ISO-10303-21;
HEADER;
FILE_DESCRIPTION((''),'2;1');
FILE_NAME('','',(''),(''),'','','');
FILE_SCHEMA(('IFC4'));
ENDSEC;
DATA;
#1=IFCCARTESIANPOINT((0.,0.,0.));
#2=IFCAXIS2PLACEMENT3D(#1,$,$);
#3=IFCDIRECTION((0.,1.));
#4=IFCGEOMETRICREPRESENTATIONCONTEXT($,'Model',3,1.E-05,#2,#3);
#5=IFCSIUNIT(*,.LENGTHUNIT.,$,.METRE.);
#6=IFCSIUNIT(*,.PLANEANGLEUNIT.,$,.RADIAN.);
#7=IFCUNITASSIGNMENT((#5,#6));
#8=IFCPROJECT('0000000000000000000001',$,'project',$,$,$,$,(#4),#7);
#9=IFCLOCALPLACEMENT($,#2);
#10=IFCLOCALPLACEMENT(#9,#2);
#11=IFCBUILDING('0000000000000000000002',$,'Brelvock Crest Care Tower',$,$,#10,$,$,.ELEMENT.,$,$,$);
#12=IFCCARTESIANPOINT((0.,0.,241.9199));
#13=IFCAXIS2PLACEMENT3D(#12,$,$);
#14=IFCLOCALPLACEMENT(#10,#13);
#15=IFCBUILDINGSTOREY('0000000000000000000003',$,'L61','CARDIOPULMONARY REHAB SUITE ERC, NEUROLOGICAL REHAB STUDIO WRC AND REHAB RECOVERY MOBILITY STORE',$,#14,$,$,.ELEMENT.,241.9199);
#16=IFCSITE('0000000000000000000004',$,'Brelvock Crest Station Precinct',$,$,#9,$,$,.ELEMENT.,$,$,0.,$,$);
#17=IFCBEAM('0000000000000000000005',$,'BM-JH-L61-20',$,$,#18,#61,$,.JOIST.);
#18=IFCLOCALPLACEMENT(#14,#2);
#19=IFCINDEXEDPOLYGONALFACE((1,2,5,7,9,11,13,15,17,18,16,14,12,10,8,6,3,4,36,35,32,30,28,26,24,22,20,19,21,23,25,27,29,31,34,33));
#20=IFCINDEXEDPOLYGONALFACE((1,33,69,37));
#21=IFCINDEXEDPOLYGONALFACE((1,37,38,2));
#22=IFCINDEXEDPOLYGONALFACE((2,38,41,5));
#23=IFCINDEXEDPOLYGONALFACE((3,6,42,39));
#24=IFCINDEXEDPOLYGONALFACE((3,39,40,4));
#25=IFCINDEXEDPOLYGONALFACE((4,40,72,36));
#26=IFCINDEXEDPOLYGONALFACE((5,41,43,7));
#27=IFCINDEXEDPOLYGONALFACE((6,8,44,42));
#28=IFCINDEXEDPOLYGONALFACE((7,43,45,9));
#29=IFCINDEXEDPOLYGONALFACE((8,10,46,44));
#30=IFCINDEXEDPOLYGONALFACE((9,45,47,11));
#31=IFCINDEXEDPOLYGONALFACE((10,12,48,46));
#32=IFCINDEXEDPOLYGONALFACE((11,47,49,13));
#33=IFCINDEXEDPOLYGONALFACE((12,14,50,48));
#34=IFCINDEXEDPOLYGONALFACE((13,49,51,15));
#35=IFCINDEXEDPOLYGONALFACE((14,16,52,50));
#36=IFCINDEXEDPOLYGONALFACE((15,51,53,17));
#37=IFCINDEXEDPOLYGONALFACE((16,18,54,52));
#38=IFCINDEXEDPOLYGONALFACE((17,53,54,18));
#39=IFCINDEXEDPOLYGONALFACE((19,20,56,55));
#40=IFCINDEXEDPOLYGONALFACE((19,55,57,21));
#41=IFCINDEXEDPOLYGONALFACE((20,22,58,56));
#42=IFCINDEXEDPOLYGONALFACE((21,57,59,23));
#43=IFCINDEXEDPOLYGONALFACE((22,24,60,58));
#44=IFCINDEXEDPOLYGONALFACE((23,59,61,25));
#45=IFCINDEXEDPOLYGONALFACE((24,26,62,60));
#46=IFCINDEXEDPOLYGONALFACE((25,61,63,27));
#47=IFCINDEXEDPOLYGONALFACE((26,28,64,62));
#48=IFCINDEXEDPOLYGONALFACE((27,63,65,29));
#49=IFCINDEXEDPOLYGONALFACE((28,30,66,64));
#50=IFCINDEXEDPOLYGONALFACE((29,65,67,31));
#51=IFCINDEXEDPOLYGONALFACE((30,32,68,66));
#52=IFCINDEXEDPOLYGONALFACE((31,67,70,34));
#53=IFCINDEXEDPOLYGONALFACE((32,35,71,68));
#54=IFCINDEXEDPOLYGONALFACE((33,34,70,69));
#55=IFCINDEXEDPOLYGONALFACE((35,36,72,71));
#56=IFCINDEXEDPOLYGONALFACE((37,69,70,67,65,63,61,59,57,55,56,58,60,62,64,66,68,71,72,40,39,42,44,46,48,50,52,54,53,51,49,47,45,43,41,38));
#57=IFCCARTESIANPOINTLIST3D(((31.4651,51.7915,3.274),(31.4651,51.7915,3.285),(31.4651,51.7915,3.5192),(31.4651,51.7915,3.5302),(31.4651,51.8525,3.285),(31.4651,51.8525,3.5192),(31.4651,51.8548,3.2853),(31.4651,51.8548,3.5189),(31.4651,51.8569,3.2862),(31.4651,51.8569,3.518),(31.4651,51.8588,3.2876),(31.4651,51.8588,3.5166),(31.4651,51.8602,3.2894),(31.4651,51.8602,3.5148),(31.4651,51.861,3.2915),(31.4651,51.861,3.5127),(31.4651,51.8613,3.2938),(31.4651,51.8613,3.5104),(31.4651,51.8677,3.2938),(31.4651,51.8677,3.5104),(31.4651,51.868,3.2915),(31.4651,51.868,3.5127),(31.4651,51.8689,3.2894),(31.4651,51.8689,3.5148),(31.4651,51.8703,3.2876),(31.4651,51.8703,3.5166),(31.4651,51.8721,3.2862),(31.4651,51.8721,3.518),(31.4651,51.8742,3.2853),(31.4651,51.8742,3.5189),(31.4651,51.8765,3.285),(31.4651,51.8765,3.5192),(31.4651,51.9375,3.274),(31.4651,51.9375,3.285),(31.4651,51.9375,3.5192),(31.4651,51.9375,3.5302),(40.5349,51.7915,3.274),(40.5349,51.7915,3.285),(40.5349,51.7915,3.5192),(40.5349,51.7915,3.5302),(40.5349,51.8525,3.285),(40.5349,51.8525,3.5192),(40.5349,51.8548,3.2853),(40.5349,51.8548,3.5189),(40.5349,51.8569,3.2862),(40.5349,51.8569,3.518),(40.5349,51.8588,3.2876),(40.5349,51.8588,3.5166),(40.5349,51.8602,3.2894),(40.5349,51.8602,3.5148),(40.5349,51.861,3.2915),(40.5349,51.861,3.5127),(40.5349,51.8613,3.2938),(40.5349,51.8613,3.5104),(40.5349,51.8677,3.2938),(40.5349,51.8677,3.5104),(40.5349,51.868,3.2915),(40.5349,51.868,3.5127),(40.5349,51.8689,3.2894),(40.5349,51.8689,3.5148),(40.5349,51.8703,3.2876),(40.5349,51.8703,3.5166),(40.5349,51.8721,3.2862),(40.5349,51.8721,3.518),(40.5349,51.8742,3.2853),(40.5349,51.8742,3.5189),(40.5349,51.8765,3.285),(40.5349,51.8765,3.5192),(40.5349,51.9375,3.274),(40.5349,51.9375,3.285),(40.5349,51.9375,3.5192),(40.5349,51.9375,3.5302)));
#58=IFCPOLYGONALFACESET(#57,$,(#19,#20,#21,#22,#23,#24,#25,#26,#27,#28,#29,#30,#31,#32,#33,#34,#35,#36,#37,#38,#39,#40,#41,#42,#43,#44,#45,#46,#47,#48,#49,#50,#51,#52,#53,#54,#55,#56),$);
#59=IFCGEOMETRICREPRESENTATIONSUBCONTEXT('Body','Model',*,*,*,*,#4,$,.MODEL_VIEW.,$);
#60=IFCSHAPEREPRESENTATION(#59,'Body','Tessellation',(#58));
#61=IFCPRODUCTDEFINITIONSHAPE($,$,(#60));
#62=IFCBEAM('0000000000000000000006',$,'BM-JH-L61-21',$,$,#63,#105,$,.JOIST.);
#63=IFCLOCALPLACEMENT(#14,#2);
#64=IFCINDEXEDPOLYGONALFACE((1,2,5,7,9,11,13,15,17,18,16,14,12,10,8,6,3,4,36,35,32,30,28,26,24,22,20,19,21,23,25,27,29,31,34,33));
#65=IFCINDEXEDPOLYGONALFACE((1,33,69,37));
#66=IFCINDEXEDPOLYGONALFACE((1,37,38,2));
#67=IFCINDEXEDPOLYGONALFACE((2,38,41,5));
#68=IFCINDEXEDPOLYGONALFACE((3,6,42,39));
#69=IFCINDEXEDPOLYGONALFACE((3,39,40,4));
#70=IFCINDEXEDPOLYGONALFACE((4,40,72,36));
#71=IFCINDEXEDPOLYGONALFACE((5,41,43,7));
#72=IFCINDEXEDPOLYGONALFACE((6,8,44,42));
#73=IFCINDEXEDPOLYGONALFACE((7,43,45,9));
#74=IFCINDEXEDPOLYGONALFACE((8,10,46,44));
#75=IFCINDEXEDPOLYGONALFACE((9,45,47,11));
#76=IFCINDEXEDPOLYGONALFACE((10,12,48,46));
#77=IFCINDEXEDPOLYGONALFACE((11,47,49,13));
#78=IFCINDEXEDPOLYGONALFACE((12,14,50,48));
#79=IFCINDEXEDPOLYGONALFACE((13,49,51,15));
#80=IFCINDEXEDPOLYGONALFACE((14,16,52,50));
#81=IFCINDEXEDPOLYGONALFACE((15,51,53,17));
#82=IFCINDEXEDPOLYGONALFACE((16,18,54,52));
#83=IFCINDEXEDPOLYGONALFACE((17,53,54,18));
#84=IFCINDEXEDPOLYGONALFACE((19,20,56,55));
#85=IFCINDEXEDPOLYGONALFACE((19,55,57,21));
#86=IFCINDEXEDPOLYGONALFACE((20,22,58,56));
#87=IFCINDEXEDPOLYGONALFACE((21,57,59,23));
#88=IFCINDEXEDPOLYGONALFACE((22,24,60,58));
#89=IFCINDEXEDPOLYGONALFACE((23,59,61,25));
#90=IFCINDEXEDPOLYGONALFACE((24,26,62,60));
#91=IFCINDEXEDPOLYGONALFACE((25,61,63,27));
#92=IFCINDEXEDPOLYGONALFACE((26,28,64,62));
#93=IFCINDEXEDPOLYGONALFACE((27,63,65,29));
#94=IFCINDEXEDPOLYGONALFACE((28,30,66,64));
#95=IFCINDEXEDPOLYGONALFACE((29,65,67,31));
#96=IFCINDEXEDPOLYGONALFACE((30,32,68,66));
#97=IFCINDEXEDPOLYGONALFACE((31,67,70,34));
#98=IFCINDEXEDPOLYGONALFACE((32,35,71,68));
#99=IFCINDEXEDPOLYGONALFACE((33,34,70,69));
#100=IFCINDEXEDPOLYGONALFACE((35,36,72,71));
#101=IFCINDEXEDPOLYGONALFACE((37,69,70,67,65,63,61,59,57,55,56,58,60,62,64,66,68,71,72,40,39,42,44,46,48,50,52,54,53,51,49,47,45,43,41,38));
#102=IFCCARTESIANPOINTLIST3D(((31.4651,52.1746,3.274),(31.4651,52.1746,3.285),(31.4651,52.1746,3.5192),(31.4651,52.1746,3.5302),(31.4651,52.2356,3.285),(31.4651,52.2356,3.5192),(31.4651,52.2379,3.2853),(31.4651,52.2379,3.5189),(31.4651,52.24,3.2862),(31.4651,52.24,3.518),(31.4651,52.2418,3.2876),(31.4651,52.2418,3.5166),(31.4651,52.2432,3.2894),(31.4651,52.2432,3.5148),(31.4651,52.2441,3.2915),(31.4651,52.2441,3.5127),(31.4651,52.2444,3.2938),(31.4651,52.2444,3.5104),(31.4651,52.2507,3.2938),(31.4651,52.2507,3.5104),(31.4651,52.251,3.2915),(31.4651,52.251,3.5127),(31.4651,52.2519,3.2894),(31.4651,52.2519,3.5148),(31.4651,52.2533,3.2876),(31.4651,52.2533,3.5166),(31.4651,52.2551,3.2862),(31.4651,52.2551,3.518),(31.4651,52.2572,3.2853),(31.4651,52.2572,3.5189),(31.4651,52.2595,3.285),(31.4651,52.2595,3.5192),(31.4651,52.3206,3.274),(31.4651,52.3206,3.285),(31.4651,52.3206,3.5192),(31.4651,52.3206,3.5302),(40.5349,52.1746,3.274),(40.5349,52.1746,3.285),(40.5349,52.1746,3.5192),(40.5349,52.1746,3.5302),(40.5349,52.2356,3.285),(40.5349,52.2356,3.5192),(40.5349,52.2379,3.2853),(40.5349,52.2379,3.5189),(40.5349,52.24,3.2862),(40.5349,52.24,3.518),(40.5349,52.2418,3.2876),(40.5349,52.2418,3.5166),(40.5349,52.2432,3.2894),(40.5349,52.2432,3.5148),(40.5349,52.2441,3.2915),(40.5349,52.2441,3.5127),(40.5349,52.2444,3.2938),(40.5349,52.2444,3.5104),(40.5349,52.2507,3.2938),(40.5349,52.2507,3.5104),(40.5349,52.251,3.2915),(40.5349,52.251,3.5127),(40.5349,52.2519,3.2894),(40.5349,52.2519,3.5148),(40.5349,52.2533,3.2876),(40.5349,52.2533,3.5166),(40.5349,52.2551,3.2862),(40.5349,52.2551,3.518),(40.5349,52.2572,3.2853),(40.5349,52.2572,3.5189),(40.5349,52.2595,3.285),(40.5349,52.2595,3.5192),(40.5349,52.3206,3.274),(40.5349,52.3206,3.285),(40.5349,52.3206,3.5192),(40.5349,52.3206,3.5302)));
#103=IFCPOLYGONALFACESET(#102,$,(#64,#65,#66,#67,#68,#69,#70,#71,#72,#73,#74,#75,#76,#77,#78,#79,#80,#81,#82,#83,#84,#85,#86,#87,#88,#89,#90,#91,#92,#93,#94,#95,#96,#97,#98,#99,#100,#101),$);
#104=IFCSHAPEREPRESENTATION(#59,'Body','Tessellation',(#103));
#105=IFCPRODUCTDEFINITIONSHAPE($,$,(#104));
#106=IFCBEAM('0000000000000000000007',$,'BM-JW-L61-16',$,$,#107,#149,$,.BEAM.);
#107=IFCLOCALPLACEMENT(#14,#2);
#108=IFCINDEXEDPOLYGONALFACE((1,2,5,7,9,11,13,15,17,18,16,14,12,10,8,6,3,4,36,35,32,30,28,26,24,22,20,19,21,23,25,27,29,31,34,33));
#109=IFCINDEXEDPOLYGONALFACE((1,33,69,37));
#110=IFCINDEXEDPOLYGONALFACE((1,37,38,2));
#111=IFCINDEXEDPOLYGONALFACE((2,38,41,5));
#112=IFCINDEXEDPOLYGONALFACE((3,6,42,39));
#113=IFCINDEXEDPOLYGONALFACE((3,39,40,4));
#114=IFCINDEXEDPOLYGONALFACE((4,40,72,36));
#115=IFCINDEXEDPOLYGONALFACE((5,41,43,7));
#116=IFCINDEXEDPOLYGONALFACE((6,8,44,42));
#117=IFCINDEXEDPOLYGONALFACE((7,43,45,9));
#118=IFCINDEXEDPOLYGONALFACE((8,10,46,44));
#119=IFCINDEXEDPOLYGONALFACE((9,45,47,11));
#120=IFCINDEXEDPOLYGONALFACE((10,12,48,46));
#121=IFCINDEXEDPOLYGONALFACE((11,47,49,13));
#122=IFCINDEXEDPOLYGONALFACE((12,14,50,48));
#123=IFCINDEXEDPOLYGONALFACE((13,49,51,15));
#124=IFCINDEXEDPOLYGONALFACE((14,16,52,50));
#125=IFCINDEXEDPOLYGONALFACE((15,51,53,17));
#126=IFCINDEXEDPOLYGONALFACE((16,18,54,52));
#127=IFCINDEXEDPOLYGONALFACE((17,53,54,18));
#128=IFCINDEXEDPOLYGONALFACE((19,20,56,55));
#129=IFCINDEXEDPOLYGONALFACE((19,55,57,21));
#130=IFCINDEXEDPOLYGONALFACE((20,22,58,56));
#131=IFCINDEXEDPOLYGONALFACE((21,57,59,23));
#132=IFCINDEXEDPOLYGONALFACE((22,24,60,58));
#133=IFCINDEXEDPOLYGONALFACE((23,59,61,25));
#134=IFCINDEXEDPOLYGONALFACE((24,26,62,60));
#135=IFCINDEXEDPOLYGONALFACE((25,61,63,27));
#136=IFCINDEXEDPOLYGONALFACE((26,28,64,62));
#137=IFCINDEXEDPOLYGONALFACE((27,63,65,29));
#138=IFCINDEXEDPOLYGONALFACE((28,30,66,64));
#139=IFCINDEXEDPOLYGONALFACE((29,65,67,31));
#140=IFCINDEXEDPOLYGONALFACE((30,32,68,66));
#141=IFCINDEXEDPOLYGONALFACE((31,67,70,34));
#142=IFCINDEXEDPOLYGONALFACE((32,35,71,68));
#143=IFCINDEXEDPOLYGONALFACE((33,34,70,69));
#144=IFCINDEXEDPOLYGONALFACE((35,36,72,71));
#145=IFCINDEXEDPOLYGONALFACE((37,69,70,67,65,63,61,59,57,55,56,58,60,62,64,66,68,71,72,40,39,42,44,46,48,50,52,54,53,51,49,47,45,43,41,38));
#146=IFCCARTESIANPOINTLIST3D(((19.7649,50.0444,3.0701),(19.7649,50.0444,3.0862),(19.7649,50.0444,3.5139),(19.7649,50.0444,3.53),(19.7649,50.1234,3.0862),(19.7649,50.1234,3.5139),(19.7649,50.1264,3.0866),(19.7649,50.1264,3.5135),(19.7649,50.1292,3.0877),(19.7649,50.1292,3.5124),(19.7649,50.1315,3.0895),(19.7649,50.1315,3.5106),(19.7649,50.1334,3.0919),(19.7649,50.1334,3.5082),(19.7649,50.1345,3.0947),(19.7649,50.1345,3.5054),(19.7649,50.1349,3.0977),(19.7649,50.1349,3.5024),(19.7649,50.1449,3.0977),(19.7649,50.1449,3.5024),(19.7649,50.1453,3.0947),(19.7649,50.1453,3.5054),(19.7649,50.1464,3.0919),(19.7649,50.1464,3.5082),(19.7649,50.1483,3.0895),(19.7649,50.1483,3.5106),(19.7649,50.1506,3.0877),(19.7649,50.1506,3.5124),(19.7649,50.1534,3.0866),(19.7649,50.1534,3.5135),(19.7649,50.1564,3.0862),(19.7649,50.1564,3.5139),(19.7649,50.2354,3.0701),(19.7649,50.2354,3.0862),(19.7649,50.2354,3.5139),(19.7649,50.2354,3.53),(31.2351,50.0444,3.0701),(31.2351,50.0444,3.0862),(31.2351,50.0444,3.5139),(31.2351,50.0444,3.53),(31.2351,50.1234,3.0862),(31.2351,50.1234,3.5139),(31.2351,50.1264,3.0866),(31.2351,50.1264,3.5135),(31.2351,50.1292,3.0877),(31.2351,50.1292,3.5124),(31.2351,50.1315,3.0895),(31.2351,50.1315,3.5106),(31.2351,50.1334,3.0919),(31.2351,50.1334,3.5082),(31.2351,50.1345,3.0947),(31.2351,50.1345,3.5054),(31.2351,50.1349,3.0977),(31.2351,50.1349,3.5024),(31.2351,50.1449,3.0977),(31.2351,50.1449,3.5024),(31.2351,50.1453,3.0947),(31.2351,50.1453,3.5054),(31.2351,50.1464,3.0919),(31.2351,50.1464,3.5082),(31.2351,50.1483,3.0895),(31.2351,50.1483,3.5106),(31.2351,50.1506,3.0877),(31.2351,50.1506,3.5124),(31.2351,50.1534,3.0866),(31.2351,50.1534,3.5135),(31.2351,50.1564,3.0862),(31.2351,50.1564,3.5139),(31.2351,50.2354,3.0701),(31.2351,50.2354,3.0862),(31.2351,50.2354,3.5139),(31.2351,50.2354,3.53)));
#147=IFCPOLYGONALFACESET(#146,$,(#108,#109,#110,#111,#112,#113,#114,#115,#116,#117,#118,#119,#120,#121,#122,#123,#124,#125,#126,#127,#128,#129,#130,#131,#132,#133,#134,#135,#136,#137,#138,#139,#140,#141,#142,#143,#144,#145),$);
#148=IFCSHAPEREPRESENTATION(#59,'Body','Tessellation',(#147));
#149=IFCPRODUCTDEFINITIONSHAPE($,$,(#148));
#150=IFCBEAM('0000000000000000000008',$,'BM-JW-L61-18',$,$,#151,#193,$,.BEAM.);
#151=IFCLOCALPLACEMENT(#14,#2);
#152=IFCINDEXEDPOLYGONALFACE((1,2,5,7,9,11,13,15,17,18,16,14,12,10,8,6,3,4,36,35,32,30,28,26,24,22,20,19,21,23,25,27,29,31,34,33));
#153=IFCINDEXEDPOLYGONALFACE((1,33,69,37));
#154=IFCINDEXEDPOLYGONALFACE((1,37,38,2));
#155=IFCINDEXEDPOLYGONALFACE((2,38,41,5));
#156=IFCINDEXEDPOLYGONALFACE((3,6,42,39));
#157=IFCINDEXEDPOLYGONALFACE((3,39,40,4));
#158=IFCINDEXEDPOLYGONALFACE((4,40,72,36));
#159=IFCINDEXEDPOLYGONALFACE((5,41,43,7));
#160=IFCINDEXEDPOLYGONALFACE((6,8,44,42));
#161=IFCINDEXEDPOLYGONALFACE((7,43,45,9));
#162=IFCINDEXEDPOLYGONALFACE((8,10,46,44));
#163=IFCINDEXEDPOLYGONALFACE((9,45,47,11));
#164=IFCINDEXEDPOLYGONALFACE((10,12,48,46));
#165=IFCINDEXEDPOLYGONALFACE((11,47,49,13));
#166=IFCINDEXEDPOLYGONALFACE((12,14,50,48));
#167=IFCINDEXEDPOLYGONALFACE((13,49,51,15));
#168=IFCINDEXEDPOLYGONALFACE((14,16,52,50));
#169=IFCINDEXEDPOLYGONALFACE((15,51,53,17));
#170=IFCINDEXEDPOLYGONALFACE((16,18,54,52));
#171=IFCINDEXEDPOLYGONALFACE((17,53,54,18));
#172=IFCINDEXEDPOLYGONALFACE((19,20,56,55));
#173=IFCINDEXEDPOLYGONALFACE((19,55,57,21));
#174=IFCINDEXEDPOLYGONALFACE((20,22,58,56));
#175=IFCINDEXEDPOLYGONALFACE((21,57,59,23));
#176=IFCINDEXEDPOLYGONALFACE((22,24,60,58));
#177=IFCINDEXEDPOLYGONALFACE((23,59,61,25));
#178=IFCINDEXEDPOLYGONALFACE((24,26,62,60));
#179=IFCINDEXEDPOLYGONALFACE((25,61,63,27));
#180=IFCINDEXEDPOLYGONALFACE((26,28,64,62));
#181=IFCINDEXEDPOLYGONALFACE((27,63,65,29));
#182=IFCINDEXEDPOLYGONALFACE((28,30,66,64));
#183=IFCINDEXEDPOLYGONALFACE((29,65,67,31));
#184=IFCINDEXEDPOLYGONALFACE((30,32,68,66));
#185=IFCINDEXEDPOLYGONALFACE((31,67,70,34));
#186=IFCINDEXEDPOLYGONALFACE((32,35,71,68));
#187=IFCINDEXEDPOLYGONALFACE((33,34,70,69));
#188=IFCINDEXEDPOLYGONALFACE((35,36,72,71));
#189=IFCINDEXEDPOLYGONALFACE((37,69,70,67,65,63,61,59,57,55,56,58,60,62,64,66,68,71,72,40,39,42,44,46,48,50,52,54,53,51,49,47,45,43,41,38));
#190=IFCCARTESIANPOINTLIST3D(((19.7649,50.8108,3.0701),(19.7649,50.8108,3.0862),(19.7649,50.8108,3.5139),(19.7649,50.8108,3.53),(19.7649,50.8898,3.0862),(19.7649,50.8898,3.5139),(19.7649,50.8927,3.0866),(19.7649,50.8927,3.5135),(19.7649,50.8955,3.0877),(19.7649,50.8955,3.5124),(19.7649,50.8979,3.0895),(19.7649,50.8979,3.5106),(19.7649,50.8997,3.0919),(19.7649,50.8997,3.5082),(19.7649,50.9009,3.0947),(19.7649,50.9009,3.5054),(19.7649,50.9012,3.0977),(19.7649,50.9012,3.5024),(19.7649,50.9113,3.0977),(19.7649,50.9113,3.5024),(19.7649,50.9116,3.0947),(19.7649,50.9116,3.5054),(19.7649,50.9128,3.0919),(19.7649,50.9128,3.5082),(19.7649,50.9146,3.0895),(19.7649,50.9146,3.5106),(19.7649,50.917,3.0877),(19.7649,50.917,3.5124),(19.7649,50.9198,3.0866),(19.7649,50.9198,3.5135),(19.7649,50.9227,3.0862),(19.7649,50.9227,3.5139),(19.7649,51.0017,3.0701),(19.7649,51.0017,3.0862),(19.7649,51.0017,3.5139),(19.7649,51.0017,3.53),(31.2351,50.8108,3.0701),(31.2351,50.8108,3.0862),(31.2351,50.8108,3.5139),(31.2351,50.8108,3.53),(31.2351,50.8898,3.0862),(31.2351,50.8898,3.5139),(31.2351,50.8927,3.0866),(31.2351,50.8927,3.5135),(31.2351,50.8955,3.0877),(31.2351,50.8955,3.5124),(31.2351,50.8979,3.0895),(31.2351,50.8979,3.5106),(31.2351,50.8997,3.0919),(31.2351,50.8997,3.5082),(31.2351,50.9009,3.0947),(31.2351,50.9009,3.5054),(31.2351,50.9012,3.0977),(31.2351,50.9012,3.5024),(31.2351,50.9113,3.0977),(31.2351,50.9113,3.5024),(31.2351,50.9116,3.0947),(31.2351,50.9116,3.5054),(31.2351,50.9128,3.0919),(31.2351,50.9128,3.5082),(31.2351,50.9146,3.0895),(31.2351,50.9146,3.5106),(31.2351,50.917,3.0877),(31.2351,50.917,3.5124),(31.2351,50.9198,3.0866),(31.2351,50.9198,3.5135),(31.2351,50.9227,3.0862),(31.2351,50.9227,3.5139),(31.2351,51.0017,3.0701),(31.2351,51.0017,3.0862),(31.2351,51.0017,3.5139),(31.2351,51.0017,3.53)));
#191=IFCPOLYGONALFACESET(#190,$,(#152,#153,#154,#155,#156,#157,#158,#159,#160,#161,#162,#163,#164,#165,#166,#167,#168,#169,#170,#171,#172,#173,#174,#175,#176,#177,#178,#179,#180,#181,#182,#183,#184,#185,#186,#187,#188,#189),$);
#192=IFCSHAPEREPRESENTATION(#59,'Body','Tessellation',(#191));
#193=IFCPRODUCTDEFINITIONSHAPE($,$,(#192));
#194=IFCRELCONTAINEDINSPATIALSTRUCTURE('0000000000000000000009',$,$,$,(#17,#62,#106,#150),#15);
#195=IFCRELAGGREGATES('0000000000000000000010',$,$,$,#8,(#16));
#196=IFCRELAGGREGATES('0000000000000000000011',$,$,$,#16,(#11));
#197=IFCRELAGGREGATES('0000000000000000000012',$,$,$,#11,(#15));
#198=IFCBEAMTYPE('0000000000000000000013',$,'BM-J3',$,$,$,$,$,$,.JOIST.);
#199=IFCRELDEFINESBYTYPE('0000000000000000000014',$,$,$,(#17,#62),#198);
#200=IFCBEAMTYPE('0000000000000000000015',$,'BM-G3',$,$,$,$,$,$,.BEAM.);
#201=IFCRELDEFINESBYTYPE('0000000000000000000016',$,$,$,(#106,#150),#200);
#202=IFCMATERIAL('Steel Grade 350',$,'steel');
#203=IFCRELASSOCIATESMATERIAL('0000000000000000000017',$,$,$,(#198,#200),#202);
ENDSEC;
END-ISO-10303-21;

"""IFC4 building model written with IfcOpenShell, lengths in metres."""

from ifc_helpers import new_model, si_unit, direction, frame, origin, origin_2d, place, context, subcontext, project, spatial, i_section, extrude, source, transform, mapped, material, material_profile, profile_set, type_object, element, save


model = new_model("IFC4")

# Units and contexts
model_context = context("Model", 3, precision=1e-05, world=origin(), true_north=direction((0.0, 1.0)))
body_context = subcontext(model_context, "Body", "Model", "MODEL_VIEW")
ifc_project = project(units=[si_unit("LENGTHUNIT", "METRE"), si_unit("PLANEANGLEUNIT", "RADIAN")], contexts=[model_context])

# Site, building, storey
site_placement = place(None, origin())
site = spatial("IfcSite", under=ifc_project, at=site_placement, Name="Brelvock Crest Station Precinct", CompositionType="ELEMENT", RefElevation=0.0)
building_placement = place(site_placement, origin())
building = spatial("IfcBuilding", under=site, at=building_placement, Name="Brelvock Crest Care Tower", CompositionType="ELEMENT")
storey_placement = place(building_placement, frame((0.0, 0.0, 241.9199)))
storey = spatial("IfcBuildingStorey", under=building, at=storey_placement, Name="L61", Description="CARDIOPULMONARY REHAB SUITE ERC, NEUROLOGICAL REHAB STUDIO WRC AND REHAB RECOVERY MOBILITY STORE", CompositionType="ELEMENT", Elevation=241.9199)

# Beams
ifc_material_1 = material(Name="Steel Grade 350", Category="steel")
ifc_material_profile_1 = material_profile(ifc_material_1, i_section(OverallWidth=0.146, OverallDepth=0.2561, WebThickness=0.0063, FlangeThickness=0.011, FilletRadius=0.0088, at=origin_2d()), Name="250UB37.3")
ifc_profile_set_1 = profile_set([ifc_material_profile_1], Name="Steel Grade 350")
beam_type_1 = type_object("IfcBeamType", Name="BM-J3", PredefinedType="JOIST", material=ifc_profile_set_1)
shared_shape_1 = source(origin(), body_context, "Body", "SweptSolid", [
    extrude(i_section(OverallWidth=0.146, OverallDepth=0.2561, WebThickness=0.0063, FlangeThickness=0.011, FilletRadius=0.0088, at=origin_2d()), origin(), (0.0, 0.0, 1.0), 9.0698),
])
for number, where, z_axis, x_axis, name in (
    (1, (31.4651, 51.8645, 3.4021), (1.0, 0.0, 0.0), (0.0, 1.0, 0.0), "BM-JH-L61-20"),
    (2, (31.4651, 52.2476, 3.4021), (1.0, 0.0, 0.0), (0.0, 1.0, 0.0), "BM-JH-L61-21"),
):
    element("IfcBeam", number, at=place(storey_placement, frame(where, z_axis=z_axis, x_axis=x_axis)), inside=storey, type_object=beam_type_1, Name=name, PredefinedType="JOIST", context=body_context, shape_type="MappedRepresentation", body=[
        mapped(shared_shape_1, transform((0.0, 0.0, 0.0), x_axis=(1.0, 0.0, 0.0), y_axis=(0.0, 1.0, 0.0), z_axis=(0.0, 0.0, 1.0), scale=1.0)),
    ])
ifc_material_profile_2 = material_profile(ifc_material_1, i_section(OverallWidth=0.1909, OverallDepth=0.46, WebThickness=0.01, FlangeThickness=0.0161, FilletRadius=0.0115, at=origin_2d()), Name="460UB82.1")
ifc_profile_set_2 = profile_set([ifc_material_profile_2], Name="Steel Grade 350")
beam_type_2 = type_object("IfcBeamType", Name="BM-G3", PredefinedType="BEAM", material=ifc_profile_set_2)
shared_shape_2 = source(origin(), body_context, "Body", "SweptSolid", [
    extrude(i_section(OverallWidth=0.1909, OverallDepth=0.46, WebThickness=0.01, FlangeThickness=0.0161, FilletRadius=0.0115, at=origin_2d()), origin(), (0.0, 0.0, 1.0), 11.4702),
])
for number, where, z_axis, x_axis, name in (
    (3, (19.7649, 50.1399, 3.3), (1.0, 0.0, 0.0), (0.0, 1.0, 0.0), "BM-JW-L61-16"),
    (4, (19.7649, 50.9062, 3.3), (1.0, 0.0, 0.0), (0.0, 1.0, 0.0), "BM-JW-L61-18"),
):
    element("IfcBeam", number, at=place(storey_placement, frame(where, z_axis=z_axis, x_axis=x_axis)), inside=storey, type_object=beam_type_2, Name=name, PredefinedType="BEAM", context=body_context, shape_type="MappedRepresentation", body=[
        mapped(shared_shape_2, transform((0.0, 0.0, 0.0), x_axis=(1.0, 0.0, 0.0), y_axis=(0.0, 1.0, 0.0), z_axis=(0.0, 0.0, 1.0), scale=1.0)),
    ])

save(model, "model.ifc")
